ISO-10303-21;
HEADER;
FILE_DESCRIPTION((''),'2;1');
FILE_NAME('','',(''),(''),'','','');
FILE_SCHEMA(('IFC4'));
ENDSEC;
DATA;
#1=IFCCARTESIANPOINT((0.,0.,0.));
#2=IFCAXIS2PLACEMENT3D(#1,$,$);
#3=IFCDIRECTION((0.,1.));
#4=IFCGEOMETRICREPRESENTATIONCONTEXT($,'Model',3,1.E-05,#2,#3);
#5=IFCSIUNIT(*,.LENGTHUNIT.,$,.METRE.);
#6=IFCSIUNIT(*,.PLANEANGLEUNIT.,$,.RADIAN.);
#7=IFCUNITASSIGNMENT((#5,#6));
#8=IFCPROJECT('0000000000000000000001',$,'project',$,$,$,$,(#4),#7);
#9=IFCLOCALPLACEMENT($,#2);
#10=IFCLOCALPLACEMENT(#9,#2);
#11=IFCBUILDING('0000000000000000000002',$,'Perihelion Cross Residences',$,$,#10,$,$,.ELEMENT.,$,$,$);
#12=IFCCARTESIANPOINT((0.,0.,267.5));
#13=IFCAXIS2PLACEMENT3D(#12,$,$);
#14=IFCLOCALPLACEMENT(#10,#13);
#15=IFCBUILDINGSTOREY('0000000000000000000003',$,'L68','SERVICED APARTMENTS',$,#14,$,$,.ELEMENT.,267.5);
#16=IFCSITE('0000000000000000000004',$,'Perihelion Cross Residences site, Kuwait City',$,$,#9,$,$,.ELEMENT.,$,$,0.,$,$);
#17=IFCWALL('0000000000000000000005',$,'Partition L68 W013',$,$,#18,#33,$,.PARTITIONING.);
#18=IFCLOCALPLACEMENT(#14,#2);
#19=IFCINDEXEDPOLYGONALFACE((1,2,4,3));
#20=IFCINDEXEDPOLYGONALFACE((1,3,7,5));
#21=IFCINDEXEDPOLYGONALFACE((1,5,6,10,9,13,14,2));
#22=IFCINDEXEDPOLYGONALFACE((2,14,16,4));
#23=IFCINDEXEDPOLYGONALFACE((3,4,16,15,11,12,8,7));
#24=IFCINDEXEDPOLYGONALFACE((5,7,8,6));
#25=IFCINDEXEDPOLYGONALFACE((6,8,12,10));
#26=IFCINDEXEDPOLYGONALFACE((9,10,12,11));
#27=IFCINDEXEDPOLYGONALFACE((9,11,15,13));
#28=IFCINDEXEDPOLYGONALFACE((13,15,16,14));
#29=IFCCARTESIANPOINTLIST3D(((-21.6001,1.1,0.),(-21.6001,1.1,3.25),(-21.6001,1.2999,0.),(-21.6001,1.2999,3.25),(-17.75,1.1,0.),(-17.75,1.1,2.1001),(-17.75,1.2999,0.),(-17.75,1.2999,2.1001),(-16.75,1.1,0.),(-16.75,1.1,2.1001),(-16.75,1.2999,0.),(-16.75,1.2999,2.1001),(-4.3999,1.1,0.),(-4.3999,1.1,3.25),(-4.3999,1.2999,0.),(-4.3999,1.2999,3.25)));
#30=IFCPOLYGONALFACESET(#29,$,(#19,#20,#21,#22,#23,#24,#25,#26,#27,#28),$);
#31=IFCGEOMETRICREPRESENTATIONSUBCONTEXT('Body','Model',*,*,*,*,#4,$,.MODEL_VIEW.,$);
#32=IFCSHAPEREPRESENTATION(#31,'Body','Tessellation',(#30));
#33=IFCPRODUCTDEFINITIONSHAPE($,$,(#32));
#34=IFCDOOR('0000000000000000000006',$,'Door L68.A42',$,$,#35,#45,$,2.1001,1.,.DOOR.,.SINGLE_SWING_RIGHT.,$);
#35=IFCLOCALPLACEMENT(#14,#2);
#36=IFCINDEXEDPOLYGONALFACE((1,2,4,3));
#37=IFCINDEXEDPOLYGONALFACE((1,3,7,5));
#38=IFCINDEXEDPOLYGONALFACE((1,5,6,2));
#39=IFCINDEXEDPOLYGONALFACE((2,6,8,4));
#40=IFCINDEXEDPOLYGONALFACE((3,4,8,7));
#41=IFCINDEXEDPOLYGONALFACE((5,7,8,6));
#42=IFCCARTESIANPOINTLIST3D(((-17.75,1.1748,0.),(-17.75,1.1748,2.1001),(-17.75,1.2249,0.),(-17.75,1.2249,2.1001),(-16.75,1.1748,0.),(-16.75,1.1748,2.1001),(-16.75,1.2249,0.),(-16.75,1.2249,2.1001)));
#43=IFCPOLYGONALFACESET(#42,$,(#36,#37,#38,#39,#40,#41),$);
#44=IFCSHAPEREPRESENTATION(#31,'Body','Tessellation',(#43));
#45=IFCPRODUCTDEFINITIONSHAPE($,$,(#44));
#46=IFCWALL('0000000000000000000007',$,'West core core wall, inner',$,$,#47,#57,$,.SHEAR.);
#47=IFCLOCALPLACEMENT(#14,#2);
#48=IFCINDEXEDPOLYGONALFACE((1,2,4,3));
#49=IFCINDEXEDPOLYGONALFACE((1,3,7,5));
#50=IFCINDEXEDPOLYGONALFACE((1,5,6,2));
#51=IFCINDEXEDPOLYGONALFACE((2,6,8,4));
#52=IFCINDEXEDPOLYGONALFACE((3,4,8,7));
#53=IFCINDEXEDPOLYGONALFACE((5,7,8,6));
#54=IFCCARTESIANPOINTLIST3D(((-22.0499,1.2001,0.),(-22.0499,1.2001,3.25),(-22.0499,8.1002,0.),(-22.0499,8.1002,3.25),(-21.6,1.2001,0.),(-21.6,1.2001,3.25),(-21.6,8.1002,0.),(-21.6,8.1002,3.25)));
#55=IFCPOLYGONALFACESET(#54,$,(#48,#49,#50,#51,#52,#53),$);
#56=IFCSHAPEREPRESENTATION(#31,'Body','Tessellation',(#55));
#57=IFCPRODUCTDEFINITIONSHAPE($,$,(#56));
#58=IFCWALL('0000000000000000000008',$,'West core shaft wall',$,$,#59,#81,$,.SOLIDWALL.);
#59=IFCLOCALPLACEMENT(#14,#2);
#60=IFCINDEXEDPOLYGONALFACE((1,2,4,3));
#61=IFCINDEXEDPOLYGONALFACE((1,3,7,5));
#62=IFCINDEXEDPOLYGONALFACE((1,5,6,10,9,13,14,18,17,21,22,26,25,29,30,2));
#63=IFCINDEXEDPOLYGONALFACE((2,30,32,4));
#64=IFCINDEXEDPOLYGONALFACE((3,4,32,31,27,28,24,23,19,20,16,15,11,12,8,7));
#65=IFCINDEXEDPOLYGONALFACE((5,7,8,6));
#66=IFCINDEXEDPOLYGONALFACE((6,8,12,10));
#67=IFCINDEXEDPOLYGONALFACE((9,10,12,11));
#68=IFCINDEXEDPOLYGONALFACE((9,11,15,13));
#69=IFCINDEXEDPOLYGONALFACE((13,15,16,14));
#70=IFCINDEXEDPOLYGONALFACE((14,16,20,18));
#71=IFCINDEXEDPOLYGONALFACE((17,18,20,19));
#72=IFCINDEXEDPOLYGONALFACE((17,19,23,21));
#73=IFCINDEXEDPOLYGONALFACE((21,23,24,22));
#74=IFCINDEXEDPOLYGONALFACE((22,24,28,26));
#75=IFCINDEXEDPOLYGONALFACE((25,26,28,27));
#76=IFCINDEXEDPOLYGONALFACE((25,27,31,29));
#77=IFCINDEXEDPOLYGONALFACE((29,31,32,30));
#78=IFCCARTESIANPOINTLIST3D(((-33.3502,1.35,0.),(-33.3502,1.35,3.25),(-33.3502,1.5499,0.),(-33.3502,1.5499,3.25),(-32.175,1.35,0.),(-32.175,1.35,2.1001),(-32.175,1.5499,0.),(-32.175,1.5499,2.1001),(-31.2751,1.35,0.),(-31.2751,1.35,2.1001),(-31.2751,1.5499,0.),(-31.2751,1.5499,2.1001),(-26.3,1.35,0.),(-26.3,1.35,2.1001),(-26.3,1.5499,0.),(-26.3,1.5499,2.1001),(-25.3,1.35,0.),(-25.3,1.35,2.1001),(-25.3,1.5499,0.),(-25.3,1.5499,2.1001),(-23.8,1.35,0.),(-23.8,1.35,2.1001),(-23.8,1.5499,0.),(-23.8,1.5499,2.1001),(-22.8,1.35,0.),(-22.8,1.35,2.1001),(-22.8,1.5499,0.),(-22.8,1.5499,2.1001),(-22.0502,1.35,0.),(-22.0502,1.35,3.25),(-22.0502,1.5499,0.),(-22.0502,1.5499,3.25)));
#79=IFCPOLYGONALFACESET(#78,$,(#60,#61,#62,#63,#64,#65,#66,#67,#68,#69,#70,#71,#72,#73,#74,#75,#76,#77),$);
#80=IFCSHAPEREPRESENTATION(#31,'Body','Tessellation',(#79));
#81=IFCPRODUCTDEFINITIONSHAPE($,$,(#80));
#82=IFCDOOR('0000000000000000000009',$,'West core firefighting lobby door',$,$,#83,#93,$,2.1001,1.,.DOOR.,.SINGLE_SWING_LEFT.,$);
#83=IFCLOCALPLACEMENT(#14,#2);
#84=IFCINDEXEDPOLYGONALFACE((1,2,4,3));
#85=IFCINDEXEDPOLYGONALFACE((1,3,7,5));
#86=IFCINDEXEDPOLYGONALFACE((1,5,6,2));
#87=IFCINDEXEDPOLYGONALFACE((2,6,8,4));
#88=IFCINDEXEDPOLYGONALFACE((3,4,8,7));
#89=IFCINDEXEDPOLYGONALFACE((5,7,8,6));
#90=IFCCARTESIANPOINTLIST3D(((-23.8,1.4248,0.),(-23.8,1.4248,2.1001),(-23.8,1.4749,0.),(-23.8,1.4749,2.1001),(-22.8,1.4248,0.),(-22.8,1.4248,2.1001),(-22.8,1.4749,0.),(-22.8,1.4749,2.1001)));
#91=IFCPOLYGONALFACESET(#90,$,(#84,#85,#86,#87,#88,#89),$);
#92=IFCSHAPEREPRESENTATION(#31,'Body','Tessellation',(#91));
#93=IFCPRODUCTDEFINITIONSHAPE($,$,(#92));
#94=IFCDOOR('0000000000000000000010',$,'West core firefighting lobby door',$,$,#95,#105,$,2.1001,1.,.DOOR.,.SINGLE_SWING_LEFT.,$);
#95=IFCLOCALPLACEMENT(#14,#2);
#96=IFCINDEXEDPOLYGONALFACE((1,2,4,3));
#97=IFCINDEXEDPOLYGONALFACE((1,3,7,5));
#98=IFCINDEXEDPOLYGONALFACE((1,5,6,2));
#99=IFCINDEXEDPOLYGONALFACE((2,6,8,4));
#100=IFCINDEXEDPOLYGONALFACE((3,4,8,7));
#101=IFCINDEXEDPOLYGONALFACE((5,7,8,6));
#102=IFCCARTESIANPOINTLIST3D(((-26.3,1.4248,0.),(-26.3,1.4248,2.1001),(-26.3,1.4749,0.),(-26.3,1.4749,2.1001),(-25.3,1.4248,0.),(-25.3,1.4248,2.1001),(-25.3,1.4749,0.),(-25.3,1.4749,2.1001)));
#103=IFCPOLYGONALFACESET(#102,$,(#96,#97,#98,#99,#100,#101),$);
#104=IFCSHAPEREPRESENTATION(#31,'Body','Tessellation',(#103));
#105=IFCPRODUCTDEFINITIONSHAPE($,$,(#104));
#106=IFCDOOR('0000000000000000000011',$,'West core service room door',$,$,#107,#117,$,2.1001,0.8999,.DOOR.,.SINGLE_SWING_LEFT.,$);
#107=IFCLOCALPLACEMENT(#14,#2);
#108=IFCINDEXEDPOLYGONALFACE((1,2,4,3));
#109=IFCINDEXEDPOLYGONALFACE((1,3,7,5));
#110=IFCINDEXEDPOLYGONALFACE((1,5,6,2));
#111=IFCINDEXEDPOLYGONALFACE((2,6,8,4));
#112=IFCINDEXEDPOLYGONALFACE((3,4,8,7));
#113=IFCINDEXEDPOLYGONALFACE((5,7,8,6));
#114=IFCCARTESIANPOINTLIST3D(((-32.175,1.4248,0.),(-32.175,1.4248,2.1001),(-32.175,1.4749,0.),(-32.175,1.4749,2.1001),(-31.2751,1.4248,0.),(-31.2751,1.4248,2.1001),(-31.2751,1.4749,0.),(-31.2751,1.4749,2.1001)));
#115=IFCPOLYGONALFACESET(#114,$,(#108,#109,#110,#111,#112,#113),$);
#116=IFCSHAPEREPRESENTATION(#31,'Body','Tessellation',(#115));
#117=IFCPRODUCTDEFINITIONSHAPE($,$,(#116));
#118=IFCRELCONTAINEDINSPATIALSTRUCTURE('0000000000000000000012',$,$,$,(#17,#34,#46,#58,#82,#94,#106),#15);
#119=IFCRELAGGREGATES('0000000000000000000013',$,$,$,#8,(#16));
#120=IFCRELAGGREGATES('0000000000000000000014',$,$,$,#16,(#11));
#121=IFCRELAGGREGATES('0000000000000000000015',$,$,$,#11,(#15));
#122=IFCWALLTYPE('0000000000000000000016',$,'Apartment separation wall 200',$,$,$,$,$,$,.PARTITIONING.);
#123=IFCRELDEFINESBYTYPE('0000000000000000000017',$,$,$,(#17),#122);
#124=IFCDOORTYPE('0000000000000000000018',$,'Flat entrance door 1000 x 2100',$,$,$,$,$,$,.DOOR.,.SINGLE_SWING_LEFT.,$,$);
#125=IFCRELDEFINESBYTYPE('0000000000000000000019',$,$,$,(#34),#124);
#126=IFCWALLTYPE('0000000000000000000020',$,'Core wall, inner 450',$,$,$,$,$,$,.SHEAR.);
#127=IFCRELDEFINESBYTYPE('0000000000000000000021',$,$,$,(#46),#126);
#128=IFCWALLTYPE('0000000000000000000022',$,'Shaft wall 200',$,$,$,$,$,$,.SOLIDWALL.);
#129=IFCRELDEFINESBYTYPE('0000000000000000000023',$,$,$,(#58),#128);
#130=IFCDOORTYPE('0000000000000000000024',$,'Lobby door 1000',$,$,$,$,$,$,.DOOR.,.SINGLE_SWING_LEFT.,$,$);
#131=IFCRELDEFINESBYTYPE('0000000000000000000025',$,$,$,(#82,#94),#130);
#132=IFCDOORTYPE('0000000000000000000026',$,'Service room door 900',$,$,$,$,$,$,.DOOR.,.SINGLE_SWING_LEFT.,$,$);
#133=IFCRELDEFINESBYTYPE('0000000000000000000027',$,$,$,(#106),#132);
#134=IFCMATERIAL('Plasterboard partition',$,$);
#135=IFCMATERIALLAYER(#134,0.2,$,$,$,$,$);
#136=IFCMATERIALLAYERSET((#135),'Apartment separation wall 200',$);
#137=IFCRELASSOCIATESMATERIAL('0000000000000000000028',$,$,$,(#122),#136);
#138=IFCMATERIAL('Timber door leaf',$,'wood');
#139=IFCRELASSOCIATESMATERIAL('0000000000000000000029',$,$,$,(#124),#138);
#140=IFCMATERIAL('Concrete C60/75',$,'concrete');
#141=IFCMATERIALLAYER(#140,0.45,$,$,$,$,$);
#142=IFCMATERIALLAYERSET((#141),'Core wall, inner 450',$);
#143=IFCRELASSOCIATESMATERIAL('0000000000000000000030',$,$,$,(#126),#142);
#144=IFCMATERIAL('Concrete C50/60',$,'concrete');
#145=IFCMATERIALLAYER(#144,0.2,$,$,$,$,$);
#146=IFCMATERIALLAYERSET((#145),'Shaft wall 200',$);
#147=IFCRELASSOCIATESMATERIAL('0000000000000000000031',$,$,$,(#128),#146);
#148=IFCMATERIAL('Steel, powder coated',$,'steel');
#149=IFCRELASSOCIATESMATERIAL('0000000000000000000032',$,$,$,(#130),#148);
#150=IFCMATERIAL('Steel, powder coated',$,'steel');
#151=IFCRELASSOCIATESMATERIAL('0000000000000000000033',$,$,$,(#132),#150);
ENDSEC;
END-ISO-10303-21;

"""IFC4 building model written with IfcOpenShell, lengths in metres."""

from ifc_helpers import new_model, si_unit, direction, frame, frame_2d, origin, place, context, subcontext, project, spatial, rectangle, extrude, material, layer, layer_set, type_object, element, fill, save


model = new_model("IFC4")

# Units and contexts
model_context = context("Model", 3, precision=1e-05, world=origin(), true_north=direction((0.0, 1.0)))
body_context = subcontext(model_context, "Body", "Model", "MODEL_VIEW")
ifc_project = project(units=[si_unit("LENGTHUNIT", "METRE"), si_unit("PLANEANGLEUNIT", "RADIAN")], contexts=[model_context])

# Site, building, storey
site_placement = place(None, origin())
site = spatial("IfcSite", under=ifc_project, at=site_placement, Name="Perihelion Cross Residences site, Kuwait City", CompositionType="ELEMENT", RefElevation=0.0)
building_placement = place(site_placement, origin())
building = spatial("IfcBuilding", under=site, at=building_placement, Name="Perihelion Cross Residences", CompositionType="ELEMENT")
storey_placement = place(building_placement, frame((0.0, 0.0, 267.5)))
storey = spatial("IfcBuildingStorey", under=building, at=storey_placement, Name="L68", Description="SERVICED APARTMENTS", CompositionType="ELEMENT", Elevation=267.5)

# Wall, opening, door
ifc_material_1 = material(Name="Plasterboard partition")
ifc_layer_1 = layer(ifc_material_1, 0.2)
ifc_layer_set_1 = layer_set([ifc_layer_1], Name="Apartment separation wall 200")
wall_type_1 = type_object("IfcWallType", Name="Apartment separation wall 200", PredefinedType="PARTITIONING", material=ifc_layer_set_1)
wall_1_placement = place(storey_placement, frame((-21.6001, 1.2, 0.0), z_axis=(0.0, 0.0, 1.0), x_axis=(1.0, 0.0, 0.0)))
wall_1 = element("IfcWall", 1, at=wall_1_placement, inside=storey, type_object=wall_type_1, Name="Partition L68 W013", PredefinedType="PARTITIONING", context=body_context, shape_type="SweptSolid", body=[
    extrude(rectangle(XDim=17.2002, YDim=0.2, at=frame_2d((8.6001, 0.0))), origin(), (0.0, 0.0, 1.0), 3.25),
])
opening_1_placement = place(wall_1_placement, frame((3.8501, 0.0, 0.0)))
opening_1 = element("IfcOpeningElement", 2, at=opening_1_placement, cuts=wall_1, PredefinedType="OPENING", context=body_context, shape_type="SweptSolid", body=[
    extrude(rectangle(XDim=1.0, YDim=2.1001, at=frame_2d((0.5, 1.05))), frame((0.0, 0.1099, 0.0), z_axis=(0.0, -1.0, 0.0), x_axis=(1.0, 0.0, 0.0)), (0.0, 0.0, 1.0), 0.22),
])
ifc_material_2 = material(Name="Timber door leaf", Category="wood")
door_type_1 = type_object("IfcDoorType", Name="Flat entrance door 1000 x 2100", OperationType="SINGLE_SWING_LEFT", PredefinedType="DOOR", material=ifc_material_2)
door_1_placement = place(opening_1_placement, origin())
door_1 = element("IfcDoor", 3, at=door_1_placement, inside=storey, type_object=door_type_1, Name="Door L68.A42", OperationType="SINGLE_SWING_RIGHT", OverallHeight=2.1001, OverallWidth=1.0, PredefinedType="DOOR", context=body_context, shape_type="SweptSolid", body=[
    extrude(rectangle(XDim=1.0, YDim=2.1001, at=frame_2d((0.5, 1.05))), frame((0.0, 0.0249, 0.0), z_axis=(0.0, -1.0, 0.0), x_axis=(1.0, 0.0, 0.0)), (0.0, 0.0, 1.0), 0.05),
])
fill(opening_1, door_1)

# Wall
ifc_material_3 = material(Name="Concrete C60/75", Category="concrete")
ifc_layer_2 = layer(ifc_material_3, 0.45)
ifc_layer_set_2 = layer_set([ifc_layer_2], Name="Core wall, inner 450")
wall_type_2 = type_object("IfcWallType", Name="Core wall, inner 450", PredefinedType="SHEAR", material=ifc_layer_set_2)
wall_2_placement = place(storey_placement, frame((-21.825, 1.2, 0.0), z_axis=(0.0, 0.0, 1.0), x_axis=(0.0, 1.0, 0.0)))
element("IfcWall", 4, at=wall_2_placement, inside=storey, type_object=wall_type_2, Name="West core core wall, inner", PredefinedType="SHEAR", context=body_context, shape_type="SweptSolid", body=[
    extrude(rectangle(XDim=6.9001, YDim=0.45, at=frame_2d((3.4502, 0.0))), origin(), (0.0, 0.0, 1.0), 3.25),
])

# Wall, openings, doors
ifc_material_4 = material(Name="Concrete C50/60", Category="concrete")
ifc_layer_3 = layer(ifc_material_4, 0.2)
ifc_layer_set_3 = layer_set([ifc_layer_3], Name="Shaft wall 200")
wall_type_3 = type_object("IfcWallType", Name="Shaft wall 200", PredefinedType="SOLIDWALL", material=ifc_layer_set_3)
wall_3_placement = place(storey_placement, frame((-33.3501, 1.45, 0.0), z_axis=(0.0, 0.0, 1.0), x_axis=(1.0, 0.0, 0.0)))
wall_3 = element("IfcWall", 5, at=wall_3_placement, inside=storey, type_object=wall_type_3, Name="West core shaft wall", PredefinedType="SOLIDWALL", context=body_context, shape_type="SweptSolid", body=[
    extrude(rectangle(XDim=11.3, YDim=0.2, at=frame_2d((5.6499, 0.0))), origin(), (0.0, 0.0, 1.0), 3.25),
])
opening_2_placement = place(wall_3_placement, frame((9.55, 0.0, 0.0)))
opening_2 = element("IfcOpeningElement", 6, at=opening_2_placement, cuts=wall_3, PredefinedType="OPENING", context=body_context, shape_type="SweptSolid", body=[
    extrude(rectangle(XDim=1.0, YDim=2.1001, at=frame_2d((0.5, 1.05))), frame((0.0, 0.1099, 0.0), z_axis=(0.0, -1.0, 0.0), x_axis=(1.0, 0.0, 0.0)), (0.0, 0.0, 1.0), 0.22),
])
opening_3_placement = place(wall_3_placement, frame((7.05, 0.0, 0.0)))
opening_3 = element("IfcOpeningElement", 7, at=opening_3_placement, cuts=wall_3, PredefinedType="OPENING", context=body_context, shape_type="SweptSolid", body=[
    extrude(rectangle(XDim=1.0, YDim=2.1001, at=frame_2d((0.5, 1.05))), frame((0.0, 0.1099, 0.0), z_axis=(0.0, -1.0, 0.0), x_axis=(1.0, 0.0, 0.0)), (0.0, 0.0, 1.0), 0.22),
])
opening_4_placement = place(wall_3_placement, frame((1.175, 0.0, 0.0)))
opening_4 = element("IfcOpeningElement", 8, at=opening_4_placement, cuts=wall_3, PredefinedType="OPENING", context=body_context, shape_type="SweptSolid", body=[
    extrude(rectangle(XDim=0.8999, YDim=2.1001, at=frame_2d((0.45, 1.05))), frame((0.0, 0.1099, 0.0), z_axis=(0.0, -1.0, 0.0), x_axis=(1.0, 0.0, 0.0)), (0.0, 0.0, 1.0), 0.22),
])
ifc_material_5 = material(Name="Steel, powder coated", Category="steel")
door_type_2 = type_object("IfcDoorType", Name="Lobby door 1000", OperationType="SINGLE_SWING_LEFT", PredefinedType="DOOR", material=ifc_material_5)
door_2_placement = place(opening_2_placement, origin())
door_2 = element("IfcDoor", 9, at=door_2_placement, inside=storey, type_object=door_type_2, Name="West core firefighting lobby door", OperationType="SINGLE_SWING_LEFT", OverallHeight=2.1001, OverallWidth=1.0, PredefinedType="DOOR", context=body_context, shape_type="SweptSolid", body=[
    extrude(rectangle(XDim=1.0, YDim=2.1001, at=frame_2d((0.5, 1.05))), frame((0.0, 0.0249, 0.0), z_axis=(0.0, -1.0, 0.0), x_axis=(1.0, 0.0, 0.0)), (0.0, 0.0, 1.0), 0.05),
])
fill(opening_2, door_2)
door_3_placement = place(opening_3_placement, origin())
door_3 = element("IfcDoor", 10, at=door_3_placement, inside=storey, type_object=door_type_2, Name="West core firefighting lobby door", OperationType="SINGLE_SWING_LEFT", OverallHeight=2.1001, OverallWidth=1.0, PredefinedType="DOOR", context=body_context, shape_type="SweptSolid", body=[
    extrude(rectangle(XDim=1.0, YDim=2.1001, at=frame_2d((0.5, 1.05))), frame((0.0, 0.0249, 0.0), z_axis=(0.0, -1.0, 0.0), x_axis=(1.0, 0.0, 0.0)), (0.0, 0.0, 1.0), 0.05),
])
fill(opening_3, door_3)
ifc_material_6 = material(Name="Steel, powder coated", Category="steel")
door_type_3 = type_object("IfcDoorType", Name="Service room door 900", OperationType="SINGLE_SWING_LEFT", PredefinedType="DOOR", material=ifc_material_6)
door_4_placement = place(opening_4_placement, origin())
door_4 = element("IfcDoor", 11, at=door_4_placement, inside=storey, type_object=door_type_3, Name="West core service room door", OperationType="SINGLE_SWING_LEFT", OverallHeight=2.1001, OverallWidth=0.8999, PredefinedType="DOOR", context=body_context, shape_type="SweptSolid", body=[
    extrude(rectangle(XDim=0.8999, YDim=2.1001, at=frame_2d((0.45, 1.05))), frame((0.0, 0.0249, 0.0), z_axis=(0.0, -1.0, 0.0), x_axis=(1.0, 0.0, 0.0)), (0.0, 0.0, 1.0), 0.05),
])
fill(opening_4, door_4)

save(model, "model.ifc")
